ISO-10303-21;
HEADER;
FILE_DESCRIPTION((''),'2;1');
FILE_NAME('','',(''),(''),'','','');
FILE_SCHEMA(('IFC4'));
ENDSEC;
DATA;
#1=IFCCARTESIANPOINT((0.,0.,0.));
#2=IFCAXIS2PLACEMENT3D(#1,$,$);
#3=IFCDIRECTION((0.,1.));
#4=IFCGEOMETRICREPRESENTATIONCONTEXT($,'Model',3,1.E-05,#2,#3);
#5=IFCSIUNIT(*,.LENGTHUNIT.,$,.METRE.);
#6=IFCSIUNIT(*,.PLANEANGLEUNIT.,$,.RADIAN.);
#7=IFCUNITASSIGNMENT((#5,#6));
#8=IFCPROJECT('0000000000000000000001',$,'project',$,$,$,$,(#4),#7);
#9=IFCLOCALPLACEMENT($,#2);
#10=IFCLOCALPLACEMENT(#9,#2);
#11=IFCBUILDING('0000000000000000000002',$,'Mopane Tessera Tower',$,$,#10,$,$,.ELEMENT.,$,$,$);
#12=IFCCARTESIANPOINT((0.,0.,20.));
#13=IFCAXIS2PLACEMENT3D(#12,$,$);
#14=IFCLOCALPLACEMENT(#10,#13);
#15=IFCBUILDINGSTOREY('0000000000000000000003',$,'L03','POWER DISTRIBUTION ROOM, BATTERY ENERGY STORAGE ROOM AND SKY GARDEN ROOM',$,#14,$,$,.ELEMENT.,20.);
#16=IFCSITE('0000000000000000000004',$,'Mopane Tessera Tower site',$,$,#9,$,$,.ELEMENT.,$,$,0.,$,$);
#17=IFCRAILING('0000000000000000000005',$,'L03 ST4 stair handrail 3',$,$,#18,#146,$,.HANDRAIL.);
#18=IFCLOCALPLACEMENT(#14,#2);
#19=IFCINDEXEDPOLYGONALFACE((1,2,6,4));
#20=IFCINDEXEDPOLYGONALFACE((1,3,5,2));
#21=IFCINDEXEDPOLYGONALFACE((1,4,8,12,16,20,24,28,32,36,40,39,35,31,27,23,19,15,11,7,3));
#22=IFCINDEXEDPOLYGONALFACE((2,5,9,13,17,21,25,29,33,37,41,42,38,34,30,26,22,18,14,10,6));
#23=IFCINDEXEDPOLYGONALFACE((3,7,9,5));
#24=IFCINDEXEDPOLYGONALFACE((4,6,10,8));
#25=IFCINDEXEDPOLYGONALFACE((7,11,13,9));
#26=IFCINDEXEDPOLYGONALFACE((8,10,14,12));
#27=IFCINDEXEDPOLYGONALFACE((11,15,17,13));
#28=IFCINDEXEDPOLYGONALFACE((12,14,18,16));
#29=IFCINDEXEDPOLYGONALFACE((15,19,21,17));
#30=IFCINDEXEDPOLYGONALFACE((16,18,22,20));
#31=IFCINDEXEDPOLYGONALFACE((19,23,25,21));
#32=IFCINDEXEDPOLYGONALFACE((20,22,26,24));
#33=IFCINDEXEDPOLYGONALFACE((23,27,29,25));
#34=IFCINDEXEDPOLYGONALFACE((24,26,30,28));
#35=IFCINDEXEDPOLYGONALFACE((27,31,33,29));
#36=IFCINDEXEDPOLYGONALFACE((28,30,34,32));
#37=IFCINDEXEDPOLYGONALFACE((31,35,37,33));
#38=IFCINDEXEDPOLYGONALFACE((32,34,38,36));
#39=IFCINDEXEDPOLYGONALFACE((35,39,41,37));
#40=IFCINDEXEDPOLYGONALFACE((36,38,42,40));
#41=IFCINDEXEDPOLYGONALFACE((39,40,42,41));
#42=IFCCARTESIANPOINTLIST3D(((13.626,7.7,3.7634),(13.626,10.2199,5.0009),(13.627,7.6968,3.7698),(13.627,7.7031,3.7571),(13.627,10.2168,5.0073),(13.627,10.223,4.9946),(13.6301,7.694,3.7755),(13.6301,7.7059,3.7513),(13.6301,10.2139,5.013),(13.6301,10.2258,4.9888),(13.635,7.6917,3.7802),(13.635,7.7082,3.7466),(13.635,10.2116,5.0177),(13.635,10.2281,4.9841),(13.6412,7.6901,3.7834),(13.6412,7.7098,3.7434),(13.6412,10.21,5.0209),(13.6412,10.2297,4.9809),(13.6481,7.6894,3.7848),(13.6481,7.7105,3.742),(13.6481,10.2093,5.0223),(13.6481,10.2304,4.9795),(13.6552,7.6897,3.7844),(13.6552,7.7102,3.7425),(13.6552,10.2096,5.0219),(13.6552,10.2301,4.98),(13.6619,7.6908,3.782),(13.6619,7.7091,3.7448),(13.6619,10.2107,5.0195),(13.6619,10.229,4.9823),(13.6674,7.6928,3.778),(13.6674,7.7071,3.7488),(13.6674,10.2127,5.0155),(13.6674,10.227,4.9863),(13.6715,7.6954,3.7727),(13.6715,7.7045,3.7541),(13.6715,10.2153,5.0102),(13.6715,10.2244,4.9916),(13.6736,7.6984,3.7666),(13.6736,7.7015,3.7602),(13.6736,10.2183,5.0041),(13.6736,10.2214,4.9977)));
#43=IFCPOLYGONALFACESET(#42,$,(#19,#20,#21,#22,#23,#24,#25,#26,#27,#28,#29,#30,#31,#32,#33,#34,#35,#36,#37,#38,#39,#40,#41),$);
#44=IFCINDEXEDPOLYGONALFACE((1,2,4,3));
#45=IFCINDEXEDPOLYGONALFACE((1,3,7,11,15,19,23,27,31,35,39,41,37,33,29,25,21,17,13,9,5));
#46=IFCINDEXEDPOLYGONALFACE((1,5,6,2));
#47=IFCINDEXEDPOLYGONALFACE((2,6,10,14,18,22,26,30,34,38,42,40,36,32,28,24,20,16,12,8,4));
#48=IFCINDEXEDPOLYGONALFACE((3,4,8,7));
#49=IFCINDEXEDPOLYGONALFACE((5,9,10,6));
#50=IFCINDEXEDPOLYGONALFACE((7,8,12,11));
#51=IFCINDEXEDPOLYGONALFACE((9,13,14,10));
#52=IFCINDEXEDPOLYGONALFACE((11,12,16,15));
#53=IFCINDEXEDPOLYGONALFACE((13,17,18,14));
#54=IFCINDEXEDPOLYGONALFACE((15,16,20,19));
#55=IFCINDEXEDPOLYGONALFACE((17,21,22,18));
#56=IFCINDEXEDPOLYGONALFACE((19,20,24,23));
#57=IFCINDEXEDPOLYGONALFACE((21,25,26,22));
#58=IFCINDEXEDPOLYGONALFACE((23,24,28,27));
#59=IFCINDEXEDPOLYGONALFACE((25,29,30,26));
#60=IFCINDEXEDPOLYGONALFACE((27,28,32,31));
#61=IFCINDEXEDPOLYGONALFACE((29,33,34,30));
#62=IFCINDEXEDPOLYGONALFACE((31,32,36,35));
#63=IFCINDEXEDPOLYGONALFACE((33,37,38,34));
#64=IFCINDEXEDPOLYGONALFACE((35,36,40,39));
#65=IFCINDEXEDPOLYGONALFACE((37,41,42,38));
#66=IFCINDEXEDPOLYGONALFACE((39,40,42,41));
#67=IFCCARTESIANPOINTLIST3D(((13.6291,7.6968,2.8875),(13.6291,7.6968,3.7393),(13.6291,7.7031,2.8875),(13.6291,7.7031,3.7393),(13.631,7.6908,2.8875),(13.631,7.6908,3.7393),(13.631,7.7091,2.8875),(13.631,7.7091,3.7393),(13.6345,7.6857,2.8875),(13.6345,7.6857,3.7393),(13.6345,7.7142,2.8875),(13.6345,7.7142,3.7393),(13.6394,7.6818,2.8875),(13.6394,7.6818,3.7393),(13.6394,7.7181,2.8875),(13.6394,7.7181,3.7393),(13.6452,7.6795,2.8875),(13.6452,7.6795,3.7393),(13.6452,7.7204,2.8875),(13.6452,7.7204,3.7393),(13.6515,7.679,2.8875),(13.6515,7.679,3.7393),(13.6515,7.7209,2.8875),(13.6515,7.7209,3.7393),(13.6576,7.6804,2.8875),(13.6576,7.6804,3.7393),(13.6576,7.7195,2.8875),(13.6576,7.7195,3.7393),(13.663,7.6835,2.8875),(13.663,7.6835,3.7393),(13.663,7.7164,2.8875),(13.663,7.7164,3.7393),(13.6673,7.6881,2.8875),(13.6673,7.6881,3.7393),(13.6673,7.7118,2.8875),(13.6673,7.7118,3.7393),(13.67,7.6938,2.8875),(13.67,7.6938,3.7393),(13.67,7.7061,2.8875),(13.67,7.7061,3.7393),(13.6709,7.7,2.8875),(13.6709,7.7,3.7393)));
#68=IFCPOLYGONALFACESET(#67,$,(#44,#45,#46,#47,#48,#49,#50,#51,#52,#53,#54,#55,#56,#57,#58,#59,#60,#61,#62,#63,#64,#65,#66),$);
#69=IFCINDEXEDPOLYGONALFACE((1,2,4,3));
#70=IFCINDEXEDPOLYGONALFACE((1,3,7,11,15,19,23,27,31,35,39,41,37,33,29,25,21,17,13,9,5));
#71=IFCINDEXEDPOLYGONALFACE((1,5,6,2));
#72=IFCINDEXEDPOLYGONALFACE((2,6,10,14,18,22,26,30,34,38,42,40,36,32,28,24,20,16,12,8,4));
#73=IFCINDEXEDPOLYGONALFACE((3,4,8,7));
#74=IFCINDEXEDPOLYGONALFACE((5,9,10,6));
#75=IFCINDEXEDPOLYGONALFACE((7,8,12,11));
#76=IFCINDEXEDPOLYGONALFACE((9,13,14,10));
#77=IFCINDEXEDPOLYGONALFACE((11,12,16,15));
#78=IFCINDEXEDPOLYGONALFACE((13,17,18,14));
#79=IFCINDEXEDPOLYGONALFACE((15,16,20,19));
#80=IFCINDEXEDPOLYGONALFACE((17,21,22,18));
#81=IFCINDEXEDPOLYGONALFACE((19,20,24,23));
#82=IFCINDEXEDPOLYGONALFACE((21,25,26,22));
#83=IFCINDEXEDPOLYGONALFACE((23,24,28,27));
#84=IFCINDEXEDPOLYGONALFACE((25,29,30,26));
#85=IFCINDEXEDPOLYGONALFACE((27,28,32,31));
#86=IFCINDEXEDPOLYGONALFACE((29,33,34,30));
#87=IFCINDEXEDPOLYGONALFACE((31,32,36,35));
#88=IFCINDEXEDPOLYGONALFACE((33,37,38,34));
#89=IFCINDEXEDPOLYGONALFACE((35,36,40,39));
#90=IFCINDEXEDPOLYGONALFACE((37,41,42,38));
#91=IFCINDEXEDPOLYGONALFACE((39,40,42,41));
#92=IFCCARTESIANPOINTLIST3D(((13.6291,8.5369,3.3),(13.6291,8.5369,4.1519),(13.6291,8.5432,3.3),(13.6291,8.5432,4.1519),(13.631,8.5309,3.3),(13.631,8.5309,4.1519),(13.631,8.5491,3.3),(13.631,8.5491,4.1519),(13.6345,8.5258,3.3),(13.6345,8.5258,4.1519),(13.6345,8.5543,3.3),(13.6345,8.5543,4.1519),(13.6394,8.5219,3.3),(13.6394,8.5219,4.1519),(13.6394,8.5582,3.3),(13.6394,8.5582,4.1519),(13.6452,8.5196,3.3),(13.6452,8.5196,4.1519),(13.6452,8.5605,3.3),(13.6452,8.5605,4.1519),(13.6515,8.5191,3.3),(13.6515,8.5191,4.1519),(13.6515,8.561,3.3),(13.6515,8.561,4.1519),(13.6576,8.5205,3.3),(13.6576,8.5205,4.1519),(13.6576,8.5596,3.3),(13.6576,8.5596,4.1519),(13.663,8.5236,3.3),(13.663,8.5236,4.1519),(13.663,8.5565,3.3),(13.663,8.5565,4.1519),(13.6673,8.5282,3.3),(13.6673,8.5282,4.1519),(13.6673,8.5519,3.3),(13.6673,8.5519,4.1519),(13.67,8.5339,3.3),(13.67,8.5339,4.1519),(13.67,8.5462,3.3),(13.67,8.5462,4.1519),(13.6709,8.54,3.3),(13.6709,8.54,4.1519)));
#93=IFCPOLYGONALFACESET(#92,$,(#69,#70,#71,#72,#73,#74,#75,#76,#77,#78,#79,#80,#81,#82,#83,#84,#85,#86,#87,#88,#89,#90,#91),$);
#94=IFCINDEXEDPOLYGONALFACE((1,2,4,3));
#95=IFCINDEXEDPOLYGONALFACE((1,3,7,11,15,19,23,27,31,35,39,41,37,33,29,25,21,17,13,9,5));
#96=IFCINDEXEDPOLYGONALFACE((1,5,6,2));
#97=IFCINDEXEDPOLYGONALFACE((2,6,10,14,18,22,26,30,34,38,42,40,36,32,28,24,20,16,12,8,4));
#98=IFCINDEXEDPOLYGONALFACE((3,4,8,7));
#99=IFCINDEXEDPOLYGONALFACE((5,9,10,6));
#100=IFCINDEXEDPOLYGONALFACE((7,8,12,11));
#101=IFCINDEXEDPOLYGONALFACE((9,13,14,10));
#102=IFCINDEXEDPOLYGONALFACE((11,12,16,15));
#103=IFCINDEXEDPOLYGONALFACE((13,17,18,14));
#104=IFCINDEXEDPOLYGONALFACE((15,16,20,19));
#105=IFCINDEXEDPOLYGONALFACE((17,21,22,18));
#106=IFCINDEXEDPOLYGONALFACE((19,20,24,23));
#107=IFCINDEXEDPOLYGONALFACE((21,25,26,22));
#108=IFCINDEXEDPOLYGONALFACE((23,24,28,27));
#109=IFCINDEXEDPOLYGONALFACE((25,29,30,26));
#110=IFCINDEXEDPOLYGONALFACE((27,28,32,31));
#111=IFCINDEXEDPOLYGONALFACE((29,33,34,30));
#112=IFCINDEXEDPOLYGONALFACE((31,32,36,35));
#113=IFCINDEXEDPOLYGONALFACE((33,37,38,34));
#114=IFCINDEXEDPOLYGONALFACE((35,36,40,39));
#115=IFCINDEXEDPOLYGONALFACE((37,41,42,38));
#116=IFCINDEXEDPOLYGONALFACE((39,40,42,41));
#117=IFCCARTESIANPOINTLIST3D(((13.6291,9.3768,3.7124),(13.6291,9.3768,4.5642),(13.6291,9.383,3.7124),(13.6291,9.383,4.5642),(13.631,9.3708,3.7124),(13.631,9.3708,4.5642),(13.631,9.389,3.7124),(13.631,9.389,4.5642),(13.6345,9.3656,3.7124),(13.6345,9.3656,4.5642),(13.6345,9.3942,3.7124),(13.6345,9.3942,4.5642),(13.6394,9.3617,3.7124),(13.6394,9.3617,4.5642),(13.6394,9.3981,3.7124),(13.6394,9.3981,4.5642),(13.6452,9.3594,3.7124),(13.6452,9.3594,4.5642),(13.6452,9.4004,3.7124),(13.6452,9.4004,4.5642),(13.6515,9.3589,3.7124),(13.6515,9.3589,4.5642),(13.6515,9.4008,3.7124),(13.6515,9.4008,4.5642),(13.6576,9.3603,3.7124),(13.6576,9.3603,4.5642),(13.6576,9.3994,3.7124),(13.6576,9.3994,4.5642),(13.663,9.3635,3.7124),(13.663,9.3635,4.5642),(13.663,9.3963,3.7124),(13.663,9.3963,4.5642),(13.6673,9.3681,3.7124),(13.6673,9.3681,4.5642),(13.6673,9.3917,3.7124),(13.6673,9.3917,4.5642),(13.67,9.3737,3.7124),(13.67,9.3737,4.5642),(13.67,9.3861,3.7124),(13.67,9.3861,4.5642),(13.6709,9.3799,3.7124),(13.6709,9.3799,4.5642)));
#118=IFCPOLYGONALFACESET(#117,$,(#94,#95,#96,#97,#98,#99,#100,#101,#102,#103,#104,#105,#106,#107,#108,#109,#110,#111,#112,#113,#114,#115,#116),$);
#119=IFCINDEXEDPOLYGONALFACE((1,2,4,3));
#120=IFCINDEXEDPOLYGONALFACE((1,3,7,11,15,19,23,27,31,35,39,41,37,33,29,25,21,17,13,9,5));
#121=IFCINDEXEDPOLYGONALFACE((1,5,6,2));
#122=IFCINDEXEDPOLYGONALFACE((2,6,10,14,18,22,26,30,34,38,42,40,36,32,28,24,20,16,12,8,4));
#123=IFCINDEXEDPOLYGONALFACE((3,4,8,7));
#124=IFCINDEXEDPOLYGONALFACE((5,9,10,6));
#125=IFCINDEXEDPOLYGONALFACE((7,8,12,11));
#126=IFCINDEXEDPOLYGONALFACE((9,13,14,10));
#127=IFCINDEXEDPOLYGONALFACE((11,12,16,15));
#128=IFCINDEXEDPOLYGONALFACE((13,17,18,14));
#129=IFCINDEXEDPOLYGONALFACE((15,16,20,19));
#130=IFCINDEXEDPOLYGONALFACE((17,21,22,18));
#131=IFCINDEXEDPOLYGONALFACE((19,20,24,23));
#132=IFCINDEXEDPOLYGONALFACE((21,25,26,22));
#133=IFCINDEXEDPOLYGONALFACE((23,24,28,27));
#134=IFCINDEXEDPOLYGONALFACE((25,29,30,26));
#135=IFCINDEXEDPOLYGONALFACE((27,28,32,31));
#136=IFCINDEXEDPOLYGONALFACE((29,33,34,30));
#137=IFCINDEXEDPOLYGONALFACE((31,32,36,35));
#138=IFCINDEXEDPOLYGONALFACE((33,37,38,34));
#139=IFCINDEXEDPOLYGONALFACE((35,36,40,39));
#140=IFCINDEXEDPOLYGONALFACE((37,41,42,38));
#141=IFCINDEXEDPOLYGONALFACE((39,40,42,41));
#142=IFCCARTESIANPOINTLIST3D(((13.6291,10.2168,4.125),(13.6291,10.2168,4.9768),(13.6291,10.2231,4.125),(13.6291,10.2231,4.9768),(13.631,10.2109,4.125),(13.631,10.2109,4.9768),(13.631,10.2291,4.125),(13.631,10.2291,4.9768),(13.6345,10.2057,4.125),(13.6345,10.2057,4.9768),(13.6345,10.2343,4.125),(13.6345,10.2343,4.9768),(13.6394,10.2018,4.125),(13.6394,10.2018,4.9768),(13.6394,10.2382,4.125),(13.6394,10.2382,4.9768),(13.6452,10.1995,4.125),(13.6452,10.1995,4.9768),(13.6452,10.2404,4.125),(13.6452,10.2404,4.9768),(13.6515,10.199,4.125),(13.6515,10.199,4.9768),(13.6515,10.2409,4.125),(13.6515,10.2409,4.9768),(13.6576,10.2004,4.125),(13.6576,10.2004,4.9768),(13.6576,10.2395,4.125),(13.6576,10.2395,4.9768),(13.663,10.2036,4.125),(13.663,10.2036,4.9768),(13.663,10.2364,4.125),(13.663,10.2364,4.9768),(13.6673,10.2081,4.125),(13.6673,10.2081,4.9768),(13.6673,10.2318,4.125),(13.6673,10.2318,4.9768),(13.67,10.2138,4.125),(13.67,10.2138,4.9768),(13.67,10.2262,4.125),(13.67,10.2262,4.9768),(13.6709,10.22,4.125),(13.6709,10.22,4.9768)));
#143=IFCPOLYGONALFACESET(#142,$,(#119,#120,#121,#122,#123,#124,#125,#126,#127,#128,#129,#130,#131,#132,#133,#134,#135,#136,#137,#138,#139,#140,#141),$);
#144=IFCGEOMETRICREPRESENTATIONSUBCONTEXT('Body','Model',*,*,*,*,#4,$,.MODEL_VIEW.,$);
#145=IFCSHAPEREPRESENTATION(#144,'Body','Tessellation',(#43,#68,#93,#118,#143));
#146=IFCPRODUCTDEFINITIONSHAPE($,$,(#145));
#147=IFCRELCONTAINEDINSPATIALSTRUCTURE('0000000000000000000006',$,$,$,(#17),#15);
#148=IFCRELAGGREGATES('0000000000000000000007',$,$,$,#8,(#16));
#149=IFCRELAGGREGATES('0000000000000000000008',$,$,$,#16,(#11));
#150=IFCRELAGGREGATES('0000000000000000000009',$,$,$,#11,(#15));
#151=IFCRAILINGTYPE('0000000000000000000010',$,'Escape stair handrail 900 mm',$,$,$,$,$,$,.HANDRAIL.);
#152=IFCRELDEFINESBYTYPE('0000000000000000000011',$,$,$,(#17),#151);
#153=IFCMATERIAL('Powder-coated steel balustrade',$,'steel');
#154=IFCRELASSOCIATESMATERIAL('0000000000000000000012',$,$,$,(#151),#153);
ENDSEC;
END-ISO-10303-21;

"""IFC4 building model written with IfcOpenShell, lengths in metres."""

from ifc_helpers import new_model, si_unit, direction, frame, origin, origin_2d, place, context, subcontext, project, spatial, circle, extrude, material, type_object, element, save


model = new_model("IFC4")

# Units and contexts
model_context = context("Model", 3, precision=1e-05, world=origin(), true_north=direction((0.0, 1.0)))
body_context = subcontext(model_context, "Body", "Model", "MODEL_VIEW")
ifc_project = project(units=[si_unit("LENGTHUNIT", "METRE"), si_unit("PLANEANGLEUNIT", "RADIAN")], contexts=[model_context])

# Site, building, storey
site_placement = place(None, origin())
site = spatial("IfcSite", under=ifc_project, at=site_placement, Name="Mopane Tessera Tower site", CompositionType="ELEMENT", RefElevation=0.0)
building_placement = place(site_placement, origin())
building = spatial("IfcBuilding", under=site, at=building_placement, Name="Mopane Tessera Tower", CompositionType="ELEMENT")
storey_placement = place(building_placement, frame((0.0, 0.0, 20.0)))
storey = spatial("IfcBuildingStorey", under=building, at=storey_placement, Name="L03", Description="POWER DISTRIBUTION ROOM, BATTERY ENERGY STORAGE ROOM AND SKY GARDEN ROOM", CompositionType="ELEMENT", Elevation=20.0)

# Railing
ifc_material_1 = material(Name="Powder-coated steel balustrade", Category="steel")
railing_type_1 = type_object("IfcRailingType", Name="Escape stair handrail 900 mm", PredefinedType="HANDRAIL", material=ifc_material_1)
for number, where, name in (
    (1, (13.6499, 7.7, 2.8875), "L03 ST4 stair handrail 3"),
):
    element("IfcRailing", number, at=place(storey_placement, frame(where)), inside=storey, type_object=railing_type_1, Name=name, PredefinedType="HANDRAIL", context=body_context, shape_type="SweptSolid", body=[
        extrude(circle(Radius=0.0239, at=origin_2d()), frame((0.0, 0.0, 0.876), z_axis=(0.0, 0.897604, 0.440802), x_axis=(-1.0, 0.0, 0.0)), (0.0, 0.0, 1.0), 2.8074),
        extrude(circle(Radius=0.021, at=origin_2d()), origin(), (0.0, 0.0, 1.0), 0.8518),
        extrude(circle(Radius=0.021, at=origin_2d()), frame((0.0, 0.8401, 0.4126)), (0.0, 0.0, 1.0), 0.8518),
        extrude(circle(Radius=0.021, at=origin_2d()), frame((0.0, 1.6799, 0.825)), (0.0, 0.0, 1.0), 0.8518),
        extrude(circle(Radius=0.021, at=origin_2d()), frame((0.0, 2.52, 1.2375)), (0.0, 0.0, 1.0), 0.8518),
    ])

save(model, "model.ifc")
